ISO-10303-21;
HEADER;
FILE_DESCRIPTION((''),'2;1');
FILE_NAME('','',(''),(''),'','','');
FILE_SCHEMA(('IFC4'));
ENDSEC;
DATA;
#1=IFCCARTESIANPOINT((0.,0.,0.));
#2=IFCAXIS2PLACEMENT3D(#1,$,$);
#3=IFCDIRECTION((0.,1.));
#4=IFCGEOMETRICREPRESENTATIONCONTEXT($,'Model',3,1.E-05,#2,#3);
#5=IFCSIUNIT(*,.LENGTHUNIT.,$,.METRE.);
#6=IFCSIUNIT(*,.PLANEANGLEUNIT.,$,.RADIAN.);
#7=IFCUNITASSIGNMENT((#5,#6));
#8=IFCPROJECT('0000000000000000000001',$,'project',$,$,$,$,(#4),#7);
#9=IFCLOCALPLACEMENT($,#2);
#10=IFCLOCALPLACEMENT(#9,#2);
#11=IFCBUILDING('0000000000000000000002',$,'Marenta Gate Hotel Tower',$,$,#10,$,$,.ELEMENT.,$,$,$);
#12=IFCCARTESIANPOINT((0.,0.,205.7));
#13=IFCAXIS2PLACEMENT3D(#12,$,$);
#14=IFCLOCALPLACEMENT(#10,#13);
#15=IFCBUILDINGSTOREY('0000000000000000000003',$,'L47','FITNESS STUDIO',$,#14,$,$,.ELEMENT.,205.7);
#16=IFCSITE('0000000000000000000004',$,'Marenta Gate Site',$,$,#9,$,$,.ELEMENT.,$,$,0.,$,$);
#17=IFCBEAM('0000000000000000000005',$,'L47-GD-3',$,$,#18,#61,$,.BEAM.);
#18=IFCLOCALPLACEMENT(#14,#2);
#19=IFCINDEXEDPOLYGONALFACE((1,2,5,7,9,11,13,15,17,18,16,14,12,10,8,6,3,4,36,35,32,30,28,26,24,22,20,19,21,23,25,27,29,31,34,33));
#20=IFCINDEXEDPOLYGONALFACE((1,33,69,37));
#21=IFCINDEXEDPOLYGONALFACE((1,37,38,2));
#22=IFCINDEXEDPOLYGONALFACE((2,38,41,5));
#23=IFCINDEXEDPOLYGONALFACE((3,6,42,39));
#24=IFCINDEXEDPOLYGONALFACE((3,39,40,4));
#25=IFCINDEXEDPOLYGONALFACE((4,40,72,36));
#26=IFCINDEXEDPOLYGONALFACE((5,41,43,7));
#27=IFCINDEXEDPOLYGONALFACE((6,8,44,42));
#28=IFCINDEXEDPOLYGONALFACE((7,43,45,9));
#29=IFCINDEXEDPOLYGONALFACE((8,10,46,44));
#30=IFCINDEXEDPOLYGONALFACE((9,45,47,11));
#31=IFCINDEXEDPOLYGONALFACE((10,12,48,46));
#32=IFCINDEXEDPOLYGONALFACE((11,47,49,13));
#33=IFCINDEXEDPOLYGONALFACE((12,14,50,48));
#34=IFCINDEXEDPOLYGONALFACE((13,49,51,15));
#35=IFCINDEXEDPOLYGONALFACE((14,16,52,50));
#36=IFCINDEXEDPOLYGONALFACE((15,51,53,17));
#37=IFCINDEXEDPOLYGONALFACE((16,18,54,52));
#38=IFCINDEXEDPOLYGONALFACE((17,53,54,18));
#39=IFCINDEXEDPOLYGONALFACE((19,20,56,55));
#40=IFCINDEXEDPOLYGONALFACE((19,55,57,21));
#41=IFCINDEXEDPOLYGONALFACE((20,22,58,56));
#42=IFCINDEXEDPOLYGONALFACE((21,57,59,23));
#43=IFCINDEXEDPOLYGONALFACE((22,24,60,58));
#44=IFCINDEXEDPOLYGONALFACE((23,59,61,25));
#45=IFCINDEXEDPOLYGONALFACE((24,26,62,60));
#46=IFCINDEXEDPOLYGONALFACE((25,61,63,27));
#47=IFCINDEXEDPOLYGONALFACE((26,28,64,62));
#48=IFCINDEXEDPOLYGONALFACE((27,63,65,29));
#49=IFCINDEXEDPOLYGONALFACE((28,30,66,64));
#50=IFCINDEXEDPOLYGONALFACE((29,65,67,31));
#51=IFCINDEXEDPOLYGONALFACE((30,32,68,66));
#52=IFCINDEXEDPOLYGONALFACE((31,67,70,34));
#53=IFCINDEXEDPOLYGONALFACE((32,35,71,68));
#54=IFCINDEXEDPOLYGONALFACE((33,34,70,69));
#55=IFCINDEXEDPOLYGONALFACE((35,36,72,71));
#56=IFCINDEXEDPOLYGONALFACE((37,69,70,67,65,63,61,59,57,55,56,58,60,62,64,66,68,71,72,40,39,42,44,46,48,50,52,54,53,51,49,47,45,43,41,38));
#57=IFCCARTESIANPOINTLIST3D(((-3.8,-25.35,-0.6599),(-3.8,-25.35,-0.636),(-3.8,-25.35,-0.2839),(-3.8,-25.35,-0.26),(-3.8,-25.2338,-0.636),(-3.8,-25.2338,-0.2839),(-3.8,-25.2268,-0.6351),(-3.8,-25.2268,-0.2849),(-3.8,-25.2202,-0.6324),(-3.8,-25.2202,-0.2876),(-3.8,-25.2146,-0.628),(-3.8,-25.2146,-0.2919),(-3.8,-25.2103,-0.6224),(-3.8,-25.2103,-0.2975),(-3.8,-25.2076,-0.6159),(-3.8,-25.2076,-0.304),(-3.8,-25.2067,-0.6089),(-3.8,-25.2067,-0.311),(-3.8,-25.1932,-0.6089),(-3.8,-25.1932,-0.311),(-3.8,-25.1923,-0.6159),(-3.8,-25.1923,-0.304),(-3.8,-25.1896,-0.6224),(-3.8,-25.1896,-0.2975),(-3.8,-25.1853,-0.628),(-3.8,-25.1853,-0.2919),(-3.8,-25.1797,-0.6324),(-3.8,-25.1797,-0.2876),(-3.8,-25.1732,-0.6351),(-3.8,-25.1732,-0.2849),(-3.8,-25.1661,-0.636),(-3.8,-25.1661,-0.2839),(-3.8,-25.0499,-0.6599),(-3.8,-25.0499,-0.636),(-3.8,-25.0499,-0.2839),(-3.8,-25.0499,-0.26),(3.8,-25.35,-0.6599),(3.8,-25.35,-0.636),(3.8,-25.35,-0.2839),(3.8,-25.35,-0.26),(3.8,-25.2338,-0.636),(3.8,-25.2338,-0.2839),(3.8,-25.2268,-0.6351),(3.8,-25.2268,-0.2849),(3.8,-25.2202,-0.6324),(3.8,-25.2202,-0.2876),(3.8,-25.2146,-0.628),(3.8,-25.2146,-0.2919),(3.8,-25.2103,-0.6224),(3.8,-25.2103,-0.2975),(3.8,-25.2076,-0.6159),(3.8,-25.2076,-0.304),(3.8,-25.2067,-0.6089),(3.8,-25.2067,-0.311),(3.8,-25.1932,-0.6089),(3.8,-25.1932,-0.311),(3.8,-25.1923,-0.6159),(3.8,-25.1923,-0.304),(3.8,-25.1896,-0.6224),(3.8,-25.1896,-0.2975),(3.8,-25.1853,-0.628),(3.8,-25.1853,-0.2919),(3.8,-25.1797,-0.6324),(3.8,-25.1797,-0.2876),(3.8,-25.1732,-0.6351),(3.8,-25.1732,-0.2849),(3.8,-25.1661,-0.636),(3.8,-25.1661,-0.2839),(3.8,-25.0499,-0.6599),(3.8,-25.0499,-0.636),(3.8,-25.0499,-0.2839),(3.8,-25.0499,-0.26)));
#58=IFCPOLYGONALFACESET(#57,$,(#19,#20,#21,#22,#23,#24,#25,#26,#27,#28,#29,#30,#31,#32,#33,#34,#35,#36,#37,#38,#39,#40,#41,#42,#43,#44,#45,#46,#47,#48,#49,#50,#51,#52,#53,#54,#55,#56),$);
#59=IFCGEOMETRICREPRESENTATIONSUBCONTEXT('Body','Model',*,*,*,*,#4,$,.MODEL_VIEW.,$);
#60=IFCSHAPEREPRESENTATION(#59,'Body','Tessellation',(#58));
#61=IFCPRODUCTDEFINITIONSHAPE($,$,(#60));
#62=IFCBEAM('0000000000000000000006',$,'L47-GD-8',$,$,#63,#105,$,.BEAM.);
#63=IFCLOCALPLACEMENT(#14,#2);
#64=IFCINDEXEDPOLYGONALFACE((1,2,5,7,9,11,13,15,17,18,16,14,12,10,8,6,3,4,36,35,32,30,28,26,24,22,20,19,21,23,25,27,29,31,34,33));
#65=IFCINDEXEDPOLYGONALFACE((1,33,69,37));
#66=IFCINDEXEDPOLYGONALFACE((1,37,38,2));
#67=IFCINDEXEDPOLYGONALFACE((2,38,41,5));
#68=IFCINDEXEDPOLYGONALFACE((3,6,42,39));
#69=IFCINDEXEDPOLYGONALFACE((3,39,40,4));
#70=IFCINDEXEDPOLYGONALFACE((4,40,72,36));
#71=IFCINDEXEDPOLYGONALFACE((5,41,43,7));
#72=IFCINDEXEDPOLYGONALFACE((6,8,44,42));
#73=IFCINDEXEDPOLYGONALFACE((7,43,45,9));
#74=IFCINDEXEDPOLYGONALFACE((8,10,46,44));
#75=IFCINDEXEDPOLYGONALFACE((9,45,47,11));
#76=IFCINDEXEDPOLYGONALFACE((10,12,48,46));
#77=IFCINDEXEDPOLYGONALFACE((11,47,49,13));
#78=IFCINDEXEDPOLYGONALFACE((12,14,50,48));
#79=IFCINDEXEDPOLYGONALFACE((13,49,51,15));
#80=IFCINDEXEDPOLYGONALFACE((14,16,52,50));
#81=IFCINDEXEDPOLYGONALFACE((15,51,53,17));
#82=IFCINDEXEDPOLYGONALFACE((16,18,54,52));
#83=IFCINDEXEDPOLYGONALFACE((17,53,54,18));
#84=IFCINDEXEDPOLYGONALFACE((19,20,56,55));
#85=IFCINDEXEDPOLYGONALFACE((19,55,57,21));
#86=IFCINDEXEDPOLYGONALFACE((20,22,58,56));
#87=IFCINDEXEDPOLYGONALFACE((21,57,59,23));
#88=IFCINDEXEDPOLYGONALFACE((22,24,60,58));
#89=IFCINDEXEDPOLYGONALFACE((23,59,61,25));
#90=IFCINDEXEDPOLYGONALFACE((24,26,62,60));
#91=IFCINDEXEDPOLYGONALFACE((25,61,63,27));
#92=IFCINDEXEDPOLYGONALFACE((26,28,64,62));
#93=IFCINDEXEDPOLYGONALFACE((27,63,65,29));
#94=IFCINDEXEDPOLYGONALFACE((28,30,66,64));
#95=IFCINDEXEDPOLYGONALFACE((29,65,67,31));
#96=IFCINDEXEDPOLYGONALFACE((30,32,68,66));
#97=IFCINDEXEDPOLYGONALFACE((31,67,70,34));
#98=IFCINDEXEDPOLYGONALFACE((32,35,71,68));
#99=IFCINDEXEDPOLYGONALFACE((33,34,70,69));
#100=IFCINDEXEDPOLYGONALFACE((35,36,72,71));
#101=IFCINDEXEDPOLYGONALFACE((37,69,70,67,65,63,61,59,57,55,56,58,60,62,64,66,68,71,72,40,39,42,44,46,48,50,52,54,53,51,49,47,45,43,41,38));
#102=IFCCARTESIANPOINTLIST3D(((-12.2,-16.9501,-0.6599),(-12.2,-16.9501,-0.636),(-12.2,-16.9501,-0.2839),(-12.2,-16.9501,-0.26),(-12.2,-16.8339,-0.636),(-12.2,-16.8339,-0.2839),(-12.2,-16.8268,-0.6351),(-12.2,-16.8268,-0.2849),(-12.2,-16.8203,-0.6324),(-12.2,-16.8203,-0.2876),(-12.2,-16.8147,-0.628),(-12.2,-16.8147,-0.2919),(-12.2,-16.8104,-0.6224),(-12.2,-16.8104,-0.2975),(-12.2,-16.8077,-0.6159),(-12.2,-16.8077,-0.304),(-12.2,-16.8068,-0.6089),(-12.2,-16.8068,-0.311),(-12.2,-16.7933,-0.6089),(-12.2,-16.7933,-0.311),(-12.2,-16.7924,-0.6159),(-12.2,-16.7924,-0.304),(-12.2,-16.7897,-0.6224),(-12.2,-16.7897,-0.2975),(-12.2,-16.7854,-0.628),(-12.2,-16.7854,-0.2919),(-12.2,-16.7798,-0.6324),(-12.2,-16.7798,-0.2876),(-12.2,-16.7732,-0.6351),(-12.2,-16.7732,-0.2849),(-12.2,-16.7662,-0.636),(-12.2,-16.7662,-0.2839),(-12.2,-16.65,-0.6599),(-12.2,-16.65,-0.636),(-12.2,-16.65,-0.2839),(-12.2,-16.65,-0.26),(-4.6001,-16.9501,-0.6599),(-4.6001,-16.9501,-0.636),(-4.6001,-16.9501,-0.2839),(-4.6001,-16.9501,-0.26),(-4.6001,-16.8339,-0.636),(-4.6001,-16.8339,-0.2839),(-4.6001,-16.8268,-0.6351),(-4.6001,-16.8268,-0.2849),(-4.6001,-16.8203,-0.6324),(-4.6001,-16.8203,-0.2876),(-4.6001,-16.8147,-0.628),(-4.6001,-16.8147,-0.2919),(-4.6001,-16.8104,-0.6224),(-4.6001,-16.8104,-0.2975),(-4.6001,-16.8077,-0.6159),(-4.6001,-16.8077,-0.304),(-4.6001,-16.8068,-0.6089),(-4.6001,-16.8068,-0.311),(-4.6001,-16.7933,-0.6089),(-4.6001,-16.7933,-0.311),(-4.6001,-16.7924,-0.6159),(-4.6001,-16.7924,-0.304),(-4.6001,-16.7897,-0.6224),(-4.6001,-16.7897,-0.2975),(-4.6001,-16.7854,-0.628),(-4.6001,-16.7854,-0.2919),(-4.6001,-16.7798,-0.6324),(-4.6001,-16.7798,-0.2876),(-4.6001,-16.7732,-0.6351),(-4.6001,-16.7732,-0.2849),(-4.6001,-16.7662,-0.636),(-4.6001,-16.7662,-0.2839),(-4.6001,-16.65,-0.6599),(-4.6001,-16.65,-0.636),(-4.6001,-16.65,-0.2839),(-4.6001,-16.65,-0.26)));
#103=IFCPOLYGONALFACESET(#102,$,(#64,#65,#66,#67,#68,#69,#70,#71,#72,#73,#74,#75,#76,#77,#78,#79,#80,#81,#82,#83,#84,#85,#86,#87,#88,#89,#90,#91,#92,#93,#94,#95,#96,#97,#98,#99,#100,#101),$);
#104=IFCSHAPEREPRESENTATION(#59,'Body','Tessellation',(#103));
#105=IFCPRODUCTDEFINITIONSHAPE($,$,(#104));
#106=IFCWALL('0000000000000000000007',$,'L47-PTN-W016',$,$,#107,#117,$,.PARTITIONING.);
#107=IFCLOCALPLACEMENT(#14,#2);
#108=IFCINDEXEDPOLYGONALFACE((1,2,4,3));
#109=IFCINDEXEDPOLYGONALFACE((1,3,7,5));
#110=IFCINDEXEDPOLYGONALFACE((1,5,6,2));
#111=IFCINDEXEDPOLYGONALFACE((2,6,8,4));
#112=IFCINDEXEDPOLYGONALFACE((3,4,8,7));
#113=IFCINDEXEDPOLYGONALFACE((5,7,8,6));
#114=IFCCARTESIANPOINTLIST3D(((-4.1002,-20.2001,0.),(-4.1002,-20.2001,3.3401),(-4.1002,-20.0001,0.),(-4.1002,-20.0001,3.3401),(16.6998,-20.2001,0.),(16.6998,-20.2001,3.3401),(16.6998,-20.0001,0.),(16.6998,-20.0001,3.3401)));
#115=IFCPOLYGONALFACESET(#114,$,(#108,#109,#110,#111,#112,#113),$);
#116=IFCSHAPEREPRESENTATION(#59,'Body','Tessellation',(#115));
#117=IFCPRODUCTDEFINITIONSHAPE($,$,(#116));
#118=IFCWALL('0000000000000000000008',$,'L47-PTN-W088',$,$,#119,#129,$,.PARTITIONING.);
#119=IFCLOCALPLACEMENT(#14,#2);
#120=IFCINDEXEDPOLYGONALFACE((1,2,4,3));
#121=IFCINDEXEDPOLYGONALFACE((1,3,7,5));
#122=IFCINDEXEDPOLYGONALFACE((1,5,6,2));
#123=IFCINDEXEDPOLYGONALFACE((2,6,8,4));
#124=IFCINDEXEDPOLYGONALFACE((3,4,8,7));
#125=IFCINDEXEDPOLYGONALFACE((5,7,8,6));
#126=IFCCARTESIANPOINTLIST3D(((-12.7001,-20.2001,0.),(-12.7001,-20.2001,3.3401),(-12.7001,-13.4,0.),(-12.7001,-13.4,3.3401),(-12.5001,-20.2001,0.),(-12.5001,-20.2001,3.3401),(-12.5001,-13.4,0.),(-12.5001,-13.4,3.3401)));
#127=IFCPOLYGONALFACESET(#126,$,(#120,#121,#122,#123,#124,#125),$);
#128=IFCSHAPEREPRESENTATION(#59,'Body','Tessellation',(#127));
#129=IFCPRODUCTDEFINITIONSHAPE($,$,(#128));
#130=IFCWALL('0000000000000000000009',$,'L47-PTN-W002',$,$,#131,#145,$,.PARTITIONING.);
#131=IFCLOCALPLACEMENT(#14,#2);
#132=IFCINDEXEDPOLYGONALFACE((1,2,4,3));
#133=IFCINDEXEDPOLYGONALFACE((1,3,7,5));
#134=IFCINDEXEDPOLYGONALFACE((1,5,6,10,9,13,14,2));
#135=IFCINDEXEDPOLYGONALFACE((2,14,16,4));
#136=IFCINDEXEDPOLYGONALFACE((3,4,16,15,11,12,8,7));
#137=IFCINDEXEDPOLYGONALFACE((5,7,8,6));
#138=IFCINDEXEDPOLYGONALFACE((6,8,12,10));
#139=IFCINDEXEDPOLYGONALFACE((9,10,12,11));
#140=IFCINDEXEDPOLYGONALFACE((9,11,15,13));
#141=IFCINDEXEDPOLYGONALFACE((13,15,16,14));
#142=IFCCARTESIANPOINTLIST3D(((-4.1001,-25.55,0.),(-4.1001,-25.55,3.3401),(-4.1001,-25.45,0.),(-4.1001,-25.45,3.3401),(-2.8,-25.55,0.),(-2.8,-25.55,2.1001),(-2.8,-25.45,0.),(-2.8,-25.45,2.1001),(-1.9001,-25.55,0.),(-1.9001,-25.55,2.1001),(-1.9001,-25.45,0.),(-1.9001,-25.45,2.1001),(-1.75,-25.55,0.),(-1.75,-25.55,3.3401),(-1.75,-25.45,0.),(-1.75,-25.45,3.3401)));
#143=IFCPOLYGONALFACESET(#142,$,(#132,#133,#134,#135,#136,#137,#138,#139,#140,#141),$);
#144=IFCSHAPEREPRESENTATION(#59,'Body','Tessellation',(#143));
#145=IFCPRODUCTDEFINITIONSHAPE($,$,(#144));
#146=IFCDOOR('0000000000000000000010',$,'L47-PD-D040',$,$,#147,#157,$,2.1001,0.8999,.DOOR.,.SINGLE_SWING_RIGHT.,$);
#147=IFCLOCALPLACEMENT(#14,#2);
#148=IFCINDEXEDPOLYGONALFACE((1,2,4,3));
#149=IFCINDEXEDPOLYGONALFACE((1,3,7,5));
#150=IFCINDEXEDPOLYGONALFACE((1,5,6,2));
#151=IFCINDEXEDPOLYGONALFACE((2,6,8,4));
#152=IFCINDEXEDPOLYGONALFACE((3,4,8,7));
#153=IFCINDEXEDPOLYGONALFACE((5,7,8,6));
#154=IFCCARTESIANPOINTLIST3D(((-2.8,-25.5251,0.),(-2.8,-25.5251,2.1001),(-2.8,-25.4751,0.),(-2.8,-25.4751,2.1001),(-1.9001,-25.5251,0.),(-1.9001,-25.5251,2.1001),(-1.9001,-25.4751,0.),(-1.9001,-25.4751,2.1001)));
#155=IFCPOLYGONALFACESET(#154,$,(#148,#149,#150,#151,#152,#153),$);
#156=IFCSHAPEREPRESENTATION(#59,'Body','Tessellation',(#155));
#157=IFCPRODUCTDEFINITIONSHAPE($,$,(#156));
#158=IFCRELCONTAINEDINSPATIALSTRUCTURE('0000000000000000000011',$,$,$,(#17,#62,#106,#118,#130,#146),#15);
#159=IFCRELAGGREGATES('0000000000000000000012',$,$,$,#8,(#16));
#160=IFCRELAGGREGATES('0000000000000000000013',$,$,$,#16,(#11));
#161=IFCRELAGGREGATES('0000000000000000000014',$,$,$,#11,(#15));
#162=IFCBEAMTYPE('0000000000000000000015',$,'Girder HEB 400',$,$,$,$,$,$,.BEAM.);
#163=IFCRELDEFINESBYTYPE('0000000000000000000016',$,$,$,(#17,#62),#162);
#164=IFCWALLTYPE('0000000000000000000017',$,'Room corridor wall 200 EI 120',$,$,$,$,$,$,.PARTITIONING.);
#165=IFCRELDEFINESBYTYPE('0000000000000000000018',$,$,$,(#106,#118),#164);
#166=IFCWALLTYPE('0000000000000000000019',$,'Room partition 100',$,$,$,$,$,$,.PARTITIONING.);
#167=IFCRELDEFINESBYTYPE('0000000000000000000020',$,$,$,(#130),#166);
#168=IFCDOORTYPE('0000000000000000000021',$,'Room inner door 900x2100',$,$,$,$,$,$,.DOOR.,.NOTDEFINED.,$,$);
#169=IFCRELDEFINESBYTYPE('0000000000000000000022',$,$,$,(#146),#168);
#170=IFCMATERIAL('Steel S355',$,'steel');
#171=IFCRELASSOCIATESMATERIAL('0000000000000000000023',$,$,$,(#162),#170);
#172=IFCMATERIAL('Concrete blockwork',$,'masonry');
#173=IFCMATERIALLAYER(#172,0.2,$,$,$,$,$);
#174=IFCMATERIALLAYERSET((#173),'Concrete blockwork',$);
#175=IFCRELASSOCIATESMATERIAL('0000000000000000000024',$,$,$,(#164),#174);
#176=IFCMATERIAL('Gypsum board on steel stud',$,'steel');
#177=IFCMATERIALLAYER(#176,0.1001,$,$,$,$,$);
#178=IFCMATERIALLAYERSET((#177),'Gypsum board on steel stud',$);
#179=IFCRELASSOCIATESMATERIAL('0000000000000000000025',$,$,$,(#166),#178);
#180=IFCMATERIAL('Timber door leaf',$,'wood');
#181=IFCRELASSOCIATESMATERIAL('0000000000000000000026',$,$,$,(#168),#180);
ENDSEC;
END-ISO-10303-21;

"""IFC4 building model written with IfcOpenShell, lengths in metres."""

from ifc_helpers import new_model, si_unit, direction, frame, frame_2d, origin, origin_2d, place, context, subcontext, project, spatial, rectangle, i_section, extrude, material, layer, layer_set, material_profile, profile_set, type_object, element, fill, save


model = new_model("IFC4")

# Units and contexts
model_context = context("Model", 3, precision=1e-05, world=origin(), true_north=direction((0.0, 1.0)))
body_context = subcontext(model_context, "Body", "Model", "MODEL_VIEW")
ifc_project = project(units=[si_unit("LENGTHUNIT", "METRE"), si_unit("PLANEANGLEUNIT", "RADIAN")], contexts=[model_context])

# Site, building, storey
site_placement = place(None, origin())
site = spatial("IfcSite", under=ifc_project, at=site_placement, Name="Marenta Gate Site", CompositionType="ELEMENT", RefElevation=0.0)
building_placement = place(site_placement, origin())
building = spatial("IfcBuilding", under=site, at=building_placement, Name="Marenta Gate Hotel Tower", CompositionType="ELEMENT")
storey_placement = place(building_placement, frame((0.0, 0.0, 205.7)))
storey = spatial("IfcBuildingStorey", under=building, at=storey_placement, Name="L47", Description="FITNESS STUDIO", CompositionType="ELEMENT", Elevation=205.7)

# Beams
ifc_material_1 = material(Name="Steel S355", Category="steel")
ifc_material_profile_1 = material_profile(ifc_material_1, i_section(OverallWidth=0.3, OverallDepth=0.3999, WebThickness=0.0134, FlangeThickness=0.0239, FilletRadius=0.0271, at=origin_2d()), Name="HEB 400")
ifc_profile_set_1 = profile_set([ifc_material_profile_1], Name="Steel S355")
beam_type_1 = type_object("IfcBeamType", Name="Girder HEB 400", PredefinedType="BEAM", material=ifc_profile_set_1)
beam_1_placement = place(storey_placement, frame((-3.8, -25.2, -0.46), z_axis=(1.0, 0.0, 0.0), x_axis=(0.0, 1.0, 0.0)))
element("IfcBeam", 1, at=beam_1_placement, inside=storey, type_object=beam_type_1, Name="L47-GD-3", PredefinedType="BEAM", context=body_context, shape_type="SweptSolid", body=[
    extrude(i_section(OverallWidth=0.3, OverallDepth=0.3999, WebThickness=0.0134, FlangeThickness=0.0239, FilletRadius=0.0271, at=origin_2d()), origin(), (0.0, 0.0, 1.0), 7.6001),
])
beam_2_placement = place(storey_placement, frame((-12.2, -16.8, -0.46), z_axis=(1.0, 0.0, 0.0), x_axis=(0.0, 1.0, 0.0)))
element("IfcBeam", 2, at=beam_2_placement, inside=storey, type_object=beam_type_1, Name="L47-GD-8", PredefinedType="BEAM", context=body_context, shape_type="SweptSolid", body=[
    extrude(i_section(OverallWidth=0.3, OverallDepth=0.3999, WebThickness=0.0134, FlangeThickness=0.0239, FilletRadius=0.0271, at=origin_2d()), origin(), (0.0, 0.0, 1.0), 7.5999),
])

# Walls
ifc_material_2 = material(Name="Concrete blockwork", Category="masonry")
ifc_layer_1 = layer(ifc_material_2, 0.2)
ifc_layer_set_1 = layer_set([ifc_layer_1], Name="Concrete blockwork")
wall_type_1 = type_object("IfcWallType", Name="Room corridor wall 200 EI 120", PredefinedType="PARTITIONING", material=ifc_layer_set_1)
wall_1_placement = place(storey_placement, frame((-4.1001, -20.1001, 0.0), z_axis=(0.0, 0.0, 1.0), x_axis=(1.0, 0.0, 0.0)))
element("IfcWall", 3, at=wall_1_placement, inside=storey, type_object=wall_type_1, Name="L47-PTN-W016", PredefinedType="PARTITIONING", context=body_context, shape_type="SweptSolid", body=[
    extrude(rectangle(XDim=20.8, YDim=0.2, at=frame_2d((10.3999, 0.0))), origin(), (0.0, 0.0, 1.0), 3.3401),
])
wall_2_placement = place(storey_placement, frame((-12.6001, -20.2, 0.0), z_axis=(0.0, 0.0, 1.0), x_axis=(0.0, 1.0, 0.0)))
element("IfcWall", 4, at=wall_2_placement, inside=storey, type_object=wall_type_1, Name="L47-PTN-W088", PredefinedType="PARTITIONING", context=body_context, shape_type="SweptSolid", body=[
    extrude(rectangle(XDim=6.8, YDim=0.2, at=frame_2d((3.3999, 0.0))), origin(), (0.0, 0.0, 1.0), 3.3401),
])

# Wall, opening, door
ifc_material_3 = material(Name="Gypsum board on steel stud", Category="steel")
ifc_layer_2 = layer(ifc_material_3, 0.1001)
ifc_layer_set_2 = layer_set([ifc_layer_2], Name="Gypsum board on steel stud")
wall_type_2 = type_object("IfcWallType", Name="Room partition 100", PredefinedType="PARTITIONING", material=ifc_layer_set_2)
wall_3_placement = place(storey_placement, frame((-4.1001, -25.5, 0.0), z_axis=(0.0, 0.0, 1.0), x_axis=(1.0, 0.0, 0.0)))
wall_3 = element("IfcWall", 5, at=wall_3_placement, inside=storey, type_object=wall_type_2, Name="L47-PTN-W002", PredefinedType="PARTITIONING", context=body_context, shape_type="SweptSolid", body=[
    extrude(rectangle(XDim=2.3501, YDim=0.1001, at=frame_2d((1.175, 0.0))), origin(), (0.0, 0.0, 1.0), 3.3401),
])
opening_1_placement = place(wall_3_placement, frame((1.3, 0.0, 0.0)))
opening_1 = element("IfcOpeningElement", 6, at=opening_1_placement, cuts=wall_3, PredefinedType="OPENING", context=body_context, shape_type="SweptSolid", body=[
    extrude(rectangle(XDim=0.8999, YDim=2.1001, at=frame_2d((0.45, 1.05))), frame((0.0, 0.05, 0.0), z_axis=(0.0, -1.0, 0.0), x_axis=(1.0, 0.0, 0.0)), (0.0, 0.0, 1.0), 0.1001),
])
ifc_material_4 = material(Name="Timber door leaf", Category="wood")
door_type_1 = type_object("IfcDoorType", Name="Room inner door 900x2100", OperationType="NOTDEFINED", PredefinedType="DOOR", material=ifc_material_4)
door_1_placement = place(opening_1_placement, origin())
door_1 = element("IfcDoor", 7, at=door_1_placement, inside=storey, type_object=door_type_1, Name="L47-PD-D040", OperationType="SINGLE_SWING_RIGHT", OverallHeight=2.1001, OverallWidth=0.8999, PredefinedType="DOOR", context=body_context, shape_type="SweptSolid", body=[
    extrude(rectangle(XDim=0.8999, YDim=2.1001, at=frame_2d((0.45, 1.05))), frame((0.0, 0.0249, 0.0), z_axis=(0.0, -1.0, 0.0), x_axis=(1.0, 0.0, 0.0)), (0.0, 0.0, 1.0), 0.05),
])
fill(opening_1, door_1)

save(model, "model.ifc")
